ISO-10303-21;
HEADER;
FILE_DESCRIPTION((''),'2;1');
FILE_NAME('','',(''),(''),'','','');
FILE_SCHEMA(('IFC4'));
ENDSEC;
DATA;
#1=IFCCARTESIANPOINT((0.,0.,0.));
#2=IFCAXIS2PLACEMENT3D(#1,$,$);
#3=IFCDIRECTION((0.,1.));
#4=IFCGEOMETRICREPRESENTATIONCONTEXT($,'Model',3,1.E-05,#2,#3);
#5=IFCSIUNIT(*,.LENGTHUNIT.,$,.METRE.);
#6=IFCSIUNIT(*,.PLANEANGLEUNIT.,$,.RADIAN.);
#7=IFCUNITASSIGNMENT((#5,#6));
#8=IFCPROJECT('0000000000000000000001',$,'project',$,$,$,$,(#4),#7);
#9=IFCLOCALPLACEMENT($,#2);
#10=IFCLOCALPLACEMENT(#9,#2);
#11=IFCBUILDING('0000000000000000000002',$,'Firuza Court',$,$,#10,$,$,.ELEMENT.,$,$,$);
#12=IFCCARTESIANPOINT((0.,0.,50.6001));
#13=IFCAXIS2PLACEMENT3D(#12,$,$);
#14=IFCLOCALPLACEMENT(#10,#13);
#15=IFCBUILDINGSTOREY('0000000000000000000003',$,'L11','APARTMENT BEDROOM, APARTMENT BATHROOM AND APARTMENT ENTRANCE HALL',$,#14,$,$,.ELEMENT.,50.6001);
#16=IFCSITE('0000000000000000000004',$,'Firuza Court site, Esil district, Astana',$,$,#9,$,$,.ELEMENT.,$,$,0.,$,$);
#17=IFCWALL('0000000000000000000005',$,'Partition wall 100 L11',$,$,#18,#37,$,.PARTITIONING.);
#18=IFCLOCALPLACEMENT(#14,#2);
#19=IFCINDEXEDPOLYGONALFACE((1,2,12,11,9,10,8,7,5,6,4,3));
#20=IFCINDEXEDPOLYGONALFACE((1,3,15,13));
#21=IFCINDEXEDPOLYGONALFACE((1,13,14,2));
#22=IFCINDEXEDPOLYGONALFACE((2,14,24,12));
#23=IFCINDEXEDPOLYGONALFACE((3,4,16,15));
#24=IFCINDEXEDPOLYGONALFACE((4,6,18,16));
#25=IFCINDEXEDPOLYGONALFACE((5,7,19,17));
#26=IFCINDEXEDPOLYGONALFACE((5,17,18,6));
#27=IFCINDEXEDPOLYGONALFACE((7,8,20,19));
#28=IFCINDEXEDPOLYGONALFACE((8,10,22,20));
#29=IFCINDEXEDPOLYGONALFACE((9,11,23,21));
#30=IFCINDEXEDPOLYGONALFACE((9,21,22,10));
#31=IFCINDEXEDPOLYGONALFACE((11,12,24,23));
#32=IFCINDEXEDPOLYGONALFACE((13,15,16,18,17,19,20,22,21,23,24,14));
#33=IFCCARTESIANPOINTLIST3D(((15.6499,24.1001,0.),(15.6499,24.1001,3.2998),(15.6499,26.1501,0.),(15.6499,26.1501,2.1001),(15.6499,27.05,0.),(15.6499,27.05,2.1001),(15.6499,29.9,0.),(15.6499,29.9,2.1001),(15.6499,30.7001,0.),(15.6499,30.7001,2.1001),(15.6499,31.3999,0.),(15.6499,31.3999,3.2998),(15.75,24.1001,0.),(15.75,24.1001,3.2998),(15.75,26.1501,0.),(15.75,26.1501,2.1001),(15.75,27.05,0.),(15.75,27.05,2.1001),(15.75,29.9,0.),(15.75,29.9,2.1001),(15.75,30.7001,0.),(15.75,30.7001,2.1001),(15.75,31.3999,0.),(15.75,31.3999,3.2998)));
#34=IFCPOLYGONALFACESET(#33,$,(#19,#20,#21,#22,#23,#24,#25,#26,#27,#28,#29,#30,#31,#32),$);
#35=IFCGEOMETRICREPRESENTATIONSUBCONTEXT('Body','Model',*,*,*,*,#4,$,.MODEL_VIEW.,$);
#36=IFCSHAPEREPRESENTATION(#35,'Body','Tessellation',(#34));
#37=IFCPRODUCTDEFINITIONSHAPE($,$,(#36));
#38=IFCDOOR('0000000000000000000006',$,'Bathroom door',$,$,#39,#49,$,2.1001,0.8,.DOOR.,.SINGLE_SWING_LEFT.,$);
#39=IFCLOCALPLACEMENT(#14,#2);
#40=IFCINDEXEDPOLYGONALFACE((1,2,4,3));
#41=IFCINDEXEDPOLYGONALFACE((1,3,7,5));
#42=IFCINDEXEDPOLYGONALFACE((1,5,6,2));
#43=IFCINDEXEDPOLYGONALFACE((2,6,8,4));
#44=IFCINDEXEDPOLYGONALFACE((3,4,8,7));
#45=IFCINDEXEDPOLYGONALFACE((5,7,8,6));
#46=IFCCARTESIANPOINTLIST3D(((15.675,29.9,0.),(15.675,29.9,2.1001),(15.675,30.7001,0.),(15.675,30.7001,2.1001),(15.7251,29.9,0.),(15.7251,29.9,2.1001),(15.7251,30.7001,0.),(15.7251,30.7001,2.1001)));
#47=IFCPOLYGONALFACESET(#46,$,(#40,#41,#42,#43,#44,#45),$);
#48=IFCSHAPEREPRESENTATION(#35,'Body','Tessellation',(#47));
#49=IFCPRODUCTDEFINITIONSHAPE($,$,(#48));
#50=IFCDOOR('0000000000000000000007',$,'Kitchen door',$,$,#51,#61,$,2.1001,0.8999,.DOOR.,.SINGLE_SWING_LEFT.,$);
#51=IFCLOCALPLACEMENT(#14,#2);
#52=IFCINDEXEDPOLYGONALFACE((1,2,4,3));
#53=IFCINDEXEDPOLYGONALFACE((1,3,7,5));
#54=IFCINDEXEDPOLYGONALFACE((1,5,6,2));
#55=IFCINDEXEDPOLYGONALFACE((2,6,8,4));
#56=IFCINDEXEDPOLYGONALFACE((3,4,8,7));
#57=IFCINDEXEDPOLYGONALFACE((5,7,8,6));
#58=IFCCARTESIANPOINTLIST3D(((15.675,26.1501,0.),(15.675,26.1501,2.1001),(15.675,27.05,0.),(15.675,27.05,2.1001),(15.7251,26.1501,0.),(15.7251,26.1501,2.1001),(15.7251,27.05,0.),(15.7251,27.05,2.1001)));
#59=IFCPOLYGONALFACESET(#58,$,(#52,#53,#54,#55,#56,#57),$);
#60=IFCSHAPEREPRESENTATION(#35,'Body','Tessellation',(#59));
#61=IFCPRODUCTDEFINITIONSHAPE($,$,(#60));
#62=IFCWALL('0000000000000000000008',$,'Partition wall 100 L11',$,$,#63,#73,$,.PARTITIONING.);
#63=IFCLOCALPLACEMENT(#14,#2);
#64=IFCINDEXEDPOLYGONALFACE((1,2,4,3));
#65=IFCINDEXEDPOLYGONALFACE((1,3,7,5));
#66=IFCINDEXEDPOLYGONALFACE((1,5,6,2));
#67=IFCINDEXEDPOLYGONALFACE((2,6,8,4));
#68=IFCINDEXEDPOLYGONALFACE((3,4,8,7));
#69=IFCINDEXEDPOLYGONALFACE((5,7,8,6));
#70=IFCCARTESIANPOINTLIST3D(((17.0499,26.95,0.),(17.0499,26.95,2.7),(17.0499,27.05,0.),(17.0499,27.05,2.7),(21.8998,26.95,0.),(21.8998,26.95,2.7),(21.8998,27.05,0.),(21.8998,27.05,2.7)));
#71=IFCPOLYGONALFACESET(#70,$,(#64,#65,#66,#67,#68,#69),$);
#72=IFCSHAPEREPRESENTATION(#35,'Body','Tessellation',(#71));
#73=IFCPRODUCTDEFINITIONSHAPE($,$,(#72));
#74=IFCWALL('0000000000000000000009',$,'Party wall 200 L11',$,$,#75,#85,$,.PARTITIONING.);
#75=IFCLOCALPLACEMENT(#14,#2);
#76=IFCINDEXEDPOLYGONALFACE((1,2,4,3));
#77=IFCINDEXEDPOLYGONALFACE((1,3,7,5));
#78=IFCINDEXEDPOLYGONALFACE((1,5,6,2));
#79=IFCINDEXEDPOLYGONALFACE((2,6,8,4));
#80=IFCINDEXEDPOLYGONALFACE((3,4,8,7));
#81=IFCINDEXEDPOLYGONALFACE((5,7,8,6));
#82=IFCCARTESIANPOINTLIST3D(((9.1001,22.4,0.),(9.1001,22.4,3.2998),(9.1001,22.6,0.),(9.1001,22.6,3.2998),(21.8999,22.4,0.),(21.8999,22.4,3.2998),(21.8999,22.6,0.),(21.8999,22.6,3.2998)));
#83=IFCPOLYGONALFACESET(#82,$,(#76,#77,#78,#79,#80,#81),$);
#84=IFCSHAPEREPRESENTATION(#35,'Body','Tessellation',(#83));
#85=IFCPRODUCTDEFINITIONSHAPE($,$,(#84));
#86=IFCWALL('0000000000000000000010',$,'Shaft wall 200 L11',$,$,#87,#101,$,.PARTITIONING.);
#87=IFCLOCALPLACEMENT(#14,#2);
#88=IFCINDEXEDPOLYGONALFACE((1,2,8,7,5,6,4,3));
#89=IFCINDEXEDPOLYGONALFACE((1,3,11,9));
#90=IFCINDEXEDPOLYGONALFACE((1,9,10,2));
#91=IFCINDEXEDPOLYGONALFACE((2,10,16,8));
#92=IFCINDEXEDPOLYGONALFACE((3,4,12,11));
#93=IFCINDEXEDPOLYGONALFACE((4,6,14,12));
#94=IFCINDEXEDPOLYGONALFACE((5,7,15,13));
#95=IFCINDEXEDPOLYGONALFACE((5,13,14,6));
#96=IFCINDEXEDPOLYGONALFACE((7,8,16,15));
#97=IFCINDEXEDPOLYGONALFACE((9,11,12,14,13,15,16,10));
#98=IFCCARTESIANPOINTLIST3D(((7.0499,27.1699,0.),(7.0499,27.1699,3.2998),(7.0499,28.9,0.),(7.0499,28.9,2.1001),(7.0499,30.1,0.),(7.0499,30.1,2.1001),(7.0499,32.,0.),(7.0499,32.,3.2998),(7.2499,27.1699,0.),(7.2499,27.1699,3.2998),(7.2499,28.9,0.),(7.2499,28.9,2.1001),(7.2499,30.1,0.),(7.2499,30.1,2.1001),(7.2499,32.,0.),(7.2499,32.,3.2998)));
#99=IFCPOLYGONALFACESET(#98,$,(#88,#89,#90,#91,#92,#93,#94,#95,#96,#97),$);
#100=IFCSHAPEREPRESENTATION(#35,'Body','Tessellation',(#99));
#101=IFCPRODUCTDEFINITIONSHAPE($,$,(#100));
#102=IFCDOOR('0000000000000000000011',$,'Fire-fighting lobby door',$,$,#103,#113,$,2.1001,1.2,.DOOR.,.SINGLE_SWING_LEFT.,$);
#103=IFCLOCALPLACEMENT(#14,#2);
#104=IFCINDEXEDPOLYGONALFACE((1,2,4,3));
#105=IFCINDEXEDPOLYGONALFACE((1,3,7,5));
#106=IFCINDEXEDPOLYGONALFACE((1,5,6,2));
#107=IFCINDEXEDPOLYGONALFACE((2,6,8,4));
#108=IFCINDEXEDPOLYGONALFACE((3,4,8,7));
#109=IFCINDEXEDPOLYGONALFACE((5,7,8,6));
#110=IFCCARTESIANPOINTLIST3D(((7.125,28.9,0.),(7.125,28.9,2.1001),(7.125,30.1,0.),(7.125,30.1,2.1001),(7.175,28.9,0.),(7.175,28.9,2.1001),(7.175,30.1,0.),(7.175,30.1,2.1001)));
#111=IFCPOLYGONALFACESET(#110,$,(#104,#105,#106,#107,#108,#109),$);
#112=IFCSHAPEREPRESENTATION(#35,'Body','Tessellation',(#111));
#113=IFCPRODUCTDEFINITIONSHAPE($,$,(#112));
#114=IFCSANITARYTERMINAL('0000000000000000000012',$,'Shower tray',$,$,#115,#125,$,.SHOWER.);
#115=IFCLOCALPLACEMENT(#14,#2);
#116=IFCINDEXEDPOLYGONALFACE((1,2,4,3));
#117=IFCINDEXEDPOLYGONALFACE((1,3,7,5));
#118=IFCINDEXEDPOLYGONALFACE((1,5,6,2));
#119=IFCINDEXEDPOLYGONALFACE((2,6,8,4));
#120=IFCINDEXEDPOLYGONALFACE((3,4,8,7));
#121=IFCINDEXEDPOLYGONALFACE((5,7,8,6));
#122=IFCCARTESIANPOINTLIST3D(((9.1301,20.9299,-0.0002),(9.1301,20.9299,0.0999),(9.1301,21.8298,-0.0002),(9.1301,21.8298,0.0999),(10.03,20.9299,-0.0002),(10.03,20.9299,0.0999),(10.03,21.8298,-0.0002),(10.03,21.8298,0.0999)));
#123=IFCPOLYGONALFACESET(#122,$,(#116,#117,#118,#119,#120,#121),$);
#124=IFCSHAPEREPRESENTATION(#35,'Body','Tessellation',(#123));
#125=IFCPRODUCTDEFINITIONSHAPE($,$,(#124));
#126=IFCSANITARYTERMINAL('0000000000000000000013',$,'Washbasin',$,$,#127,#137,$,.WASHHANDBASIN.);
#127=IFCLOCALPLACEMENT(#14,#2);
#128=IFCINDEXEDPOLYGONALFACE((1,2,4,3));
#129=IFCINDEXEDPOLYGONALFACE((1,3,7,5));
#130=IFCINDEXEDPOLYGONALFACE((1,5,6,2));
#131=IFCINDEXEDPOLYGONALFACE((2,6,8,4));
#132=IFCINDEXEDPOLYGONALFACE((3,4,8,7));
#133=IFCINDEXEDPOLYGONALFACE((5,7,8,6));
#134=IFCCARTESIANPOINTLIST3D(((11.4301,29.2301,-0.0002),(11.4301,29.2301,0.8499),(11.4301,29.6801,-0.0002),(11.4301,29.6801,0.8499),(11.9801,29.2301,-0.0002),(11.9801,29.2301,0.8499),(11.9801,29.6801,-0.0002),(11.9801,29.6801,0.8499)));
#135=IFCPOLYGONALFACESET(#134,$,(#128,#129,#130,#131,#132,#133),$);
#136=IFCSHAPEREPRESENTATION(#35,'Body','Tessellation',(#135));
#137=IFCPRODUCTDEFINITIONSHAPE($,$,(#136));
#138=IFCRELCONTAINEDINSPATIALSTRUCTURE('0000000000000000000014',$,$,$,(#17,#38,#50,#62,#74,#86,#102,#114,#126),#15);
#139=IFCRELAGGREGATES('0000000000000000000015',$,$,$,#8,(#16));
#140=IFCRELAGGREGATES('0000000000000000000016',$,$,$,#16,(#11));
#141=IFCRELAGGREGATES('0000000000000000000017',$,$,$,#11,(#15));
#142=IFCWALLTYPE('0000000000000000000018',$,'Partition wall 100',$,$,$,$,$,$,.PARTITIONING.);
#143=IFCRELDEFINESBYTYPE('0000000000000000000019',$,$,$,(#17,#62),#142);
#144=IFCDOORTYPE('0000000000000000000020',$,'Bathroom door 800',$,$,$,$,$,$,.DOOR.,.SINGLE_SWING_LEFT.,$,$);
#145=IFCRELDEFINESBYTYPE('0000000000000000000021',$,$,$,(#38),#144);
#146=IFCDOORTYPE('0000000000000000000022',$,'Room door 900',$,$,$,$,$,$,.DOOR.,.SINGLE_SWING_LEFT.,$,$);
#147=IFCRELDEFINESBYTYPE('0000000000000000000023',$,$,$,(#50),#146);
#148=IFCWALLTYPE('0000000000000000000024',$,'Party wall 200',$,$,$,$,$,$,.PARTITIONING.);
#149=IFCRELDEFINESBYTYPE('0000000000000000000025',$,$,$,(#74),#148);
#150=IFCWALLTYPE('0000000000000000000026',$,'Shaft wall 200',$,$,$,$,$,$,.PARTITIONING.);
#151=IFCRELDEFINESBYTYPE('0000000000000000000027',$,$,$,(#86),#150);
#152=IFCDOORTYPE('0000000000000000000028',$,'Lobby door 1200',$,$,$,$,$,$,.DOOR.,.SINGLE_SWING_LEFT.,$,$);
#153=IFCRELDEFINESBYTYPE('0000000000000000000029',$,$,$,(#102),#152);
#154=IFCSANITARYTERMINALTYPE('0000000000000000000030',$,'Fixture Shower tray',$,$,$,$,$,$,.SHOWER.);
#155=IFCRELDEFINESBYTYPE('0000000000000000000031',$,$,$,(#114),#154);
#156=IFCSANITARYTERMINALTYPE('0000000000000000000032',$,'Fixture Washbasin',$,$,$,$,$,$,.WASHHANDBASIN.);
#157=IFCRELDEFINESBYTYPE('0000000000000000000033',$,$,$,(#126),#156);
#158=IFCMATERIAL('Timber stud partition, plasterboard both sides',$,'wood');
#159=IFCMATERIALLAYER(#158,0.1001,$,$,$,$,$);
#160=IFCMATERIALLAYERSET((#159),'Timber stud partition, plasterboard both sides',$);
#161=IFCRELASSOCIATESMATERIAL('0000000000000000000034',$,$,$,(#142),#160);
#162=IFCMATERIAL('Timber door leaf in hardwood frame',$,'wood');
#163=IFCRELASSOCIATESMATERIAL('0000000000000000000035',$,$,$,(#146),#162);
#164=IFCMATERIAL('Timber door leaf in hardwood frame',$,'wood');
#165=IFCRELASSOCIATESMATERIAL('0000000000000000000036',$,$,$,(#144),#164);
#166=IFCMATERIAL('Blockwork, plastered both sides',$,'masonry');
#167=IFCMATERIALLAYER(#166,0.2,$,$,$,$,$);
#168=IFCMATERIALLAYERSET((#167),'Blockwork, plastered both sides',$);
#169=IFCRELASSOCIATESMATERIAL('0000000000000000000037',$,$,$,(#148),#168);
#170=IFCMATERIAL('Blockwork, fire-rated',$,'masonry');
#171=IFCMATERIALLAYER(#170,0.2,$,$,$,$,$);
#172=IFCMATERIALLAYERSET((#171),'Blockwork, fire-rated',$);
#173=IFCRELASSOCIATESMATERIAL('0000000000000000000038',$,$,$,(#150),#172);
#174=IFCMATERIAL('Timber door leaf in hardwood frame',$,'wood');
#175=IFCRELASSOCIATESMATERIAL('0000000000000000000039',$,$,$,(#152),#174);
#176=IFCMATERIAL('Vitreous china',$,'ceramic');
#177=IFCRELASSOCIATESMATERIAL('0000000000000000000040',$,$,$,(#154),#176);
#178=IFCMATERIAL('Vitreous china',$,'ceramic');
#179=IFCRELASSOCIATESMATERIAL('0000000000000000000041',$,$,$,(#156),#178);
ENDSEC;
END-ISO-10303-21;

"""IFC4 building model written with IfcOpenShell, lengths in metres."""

from ifc_helpers import new_model, si_unit, direction, frame, frame_2d, origin, origin_2d, place, context, subcontext, project, spatial, rectangle, extrude, material, layer, layer_set, type_object, element, fill, save


model = new_model("IFC4")

# Units and contexts
model_context = context("Model", 3, precision=1e-05, world=origin(), true_north=direction((0.0, 1.0)))
body_context = subcontext(model_context, "Body", "Model", "MODEL_VIEW")
ifc_project = project(units=[si_unit("LENGTHUNIT", "METRE"), si_unit("PLANEANGLEUNIT", "RADIAN")], contexts=[model_context])

# Site, building, storey
site_placement = place(None, origin())
site = spatial("IfcSite", under=ifc_project, at=site_placement, Name="Firuza Court site, Esil district, Astana", CompositionType="ELEMENT", RefElevation=0.0)
building_placement = place(site_placement, origin())
building = spatial("IfcBuilding", under=site, at=building_placement, Name="Firuza Court", CompositionType="ELEMENT")
storey_placement = place(building_placement, frame((0.0, 0.0, 50.6001)))
storey = spatial("IfcBuildingStorey", under=building, at=storey_placement, Name="L11", Description="APARTMENT BEDROOM, APARTMENT BATHROOM AND APARTMENT ENTRANCE HALL", CompositionType="ELEMENT", Elevation=50.6001)

# Shared definitions
ifc_material_1 = material(Name="Timber stud partition, plasterboard both sides", Category="wood")
ifc_layer_1 = layer(ifc_material_1, 0.1001)
ifc_layer_set_1 = layer_set([ifc_layer_1], Name="Timber stud partition, plasterboard both sides")
wall_type_1 = type_object("IfcWallType", Name="Partition wall 100", PredefinedType="PARTITIONING", material=ifc_layer_set_1)
ifc_material_2 = material(Name="Timber door leaf in hardwood frame", Category="wood")
door_type_1 = type_object("IfcDoorType", Name="Room door 900", OperationType="SINGLE_SWING_LEFT", PredefinedType="DOOR", material=ifc_material_2)

# Wall, openings, doors
wall_1_placement = place(storey_placement, frame((15.7, 24.1001, 0.0), z_axis=(0.0, 0.0, 1.0), x_axis=(0.0, 1.0, 0.0)))
wall_1 = element("IfcWall", 1, at=wall_1_placement, inside=storey, type_object=wall_type_1, Name="Partition wall 100 L11", PredefinedType="PARTITIONING", context=body_context, shape_type="SweptSolid", body=[
    extrude(rectangle(XDim=7.2998, YDim=0.1001, at=frame_2d((3.6499, 0.0))), origin(), (0.0, 0.0, 1.0), 3.2998),
])
opening_1_placement = place(wall_1_placement, frame((5.8, 0.0, 0.0)))
opening_1 = element("IfcOpeningElement", 2, at=opening_1_placement, cuts=wall_1, PredefinedType="OPENING", context=body_context, shape_type="SweptSolid", body=[
    extrude(rectangle(XDim=0.8, YDim=2.1001, at=frame_2d((0.3999, 1.05))), frame((0.0, 0.062, 0.0), z_axis=(0.0, -1.0, 0.0), x_axis=(1.0, 0.0, 0.0)), (0.0, 0.0, 1.0), 0.124),
])
opening_2_placement = place(wall_1_placement, frame((2.05, 0.0, 0.0)))
opening_2 = element("IfcOpeningElement", 3, at=opening_2_placement, cuts=wall_1, PredefinedType="OPENING", context=body_context, shape_type="SweptSolid", body=[
    extrude(rectangle(XDim=0.8999, YDim=2.1001, at=frame_2d((0.45, 1.05))), frame((0.0, 0.062, 0.0), z_axis=(0.0, -1.0, 0.0), x_axis=(1.0, 0.0, 0.0)), (0.0, 0.0, 1.0), 0.124),
])
ifc_material_3 = material(Name="Timber door leaf in hardwood frame", Category="wood")
door_type_2 = type_object("IfcDoorType", Name="Bathroom door 800", OperationType="SINGLE_SWING_LEFT", PredefinedType="DOOR", material=ifc_material_3)
door_1_placement = place(opening_1_placement, origin())
door_1 = element("IfcDoor", 4, at=door_1_placement, inside=storey, type_object=door_type_2, Name="Bathroom door", OperationType="SINGLE_SWING_LEFT", OverallHeight=2.1001, OverallWidth=0.8, PredefinedType="DOOR", context=body_context, shape_type="SweptSolid", body=[
    extrude(rectangle(XDim=0.8, YDim=2.1001, at=frame_2d((0.3999, 1.05))), frame((0.0, 0.0249, 0.0), z_axis=(0.0, -1.0, 0.0), x_axis=(1.0, 0.0, 0.0)), (0.0, 0.0, 1.0), 0.05),
])
fill(opening_1, door_1)
door_2_placement = place(opening_2_placement, origin())
door_2 = element("IfcDoor", 5, at=door_2_placement, inside=storey, type_object=door_type_1, Name="Kitchen door", OperationType="SINGLE_SWING_LEFT", OverallHeight=2.1001, OverallWidth=0.8999, PredefinedType="DOOR", context=body_context, shape_type="SweptSolid", body=[
    extrude(rectangle(XDim=0.8999, YDim=2.1001, at=frame_2d((0.45, 1.05))), frame((0.0, 0.0249, 0.0), z_axis=(0.0, -1.0, 0.0), x_axis=(1.0, 0.0, 0.0)), (0.0, 0.0, 1.0), 0.05),
])
fill(opening_2, door_2)

# Walls
wall_2_placement = place(storey_placement, frame((17.05, 27.0, 0.0), z_axis=(0.0, 0.0, 1.0), x_axis=(1.0, 0.0, 0.0)))
element("IfcWall", 6, at=wall_2_placement, inside=storey, type_object=wall_type_1, Name="Partition wall 100 L11", PredefinedType="PARTITIONING", context=body_context, shape_type="SweptSolid", body=[
    extrude(rectangle(XDim=4.8499, YDim=0.1001, at=frame_2d((2.4248, 0.0))), origin(), (0.0, 0.0, 1.0), 2.7),
])
ifc_material_4 = material(Name="Blockwork, plastered both sides", Category="masonry")
ifc_layer_2 = layer(ifc_material_4, 0.2)
ifc_layer_set_2 = layer_set([ifc_layer_2], Name="Blockwork, plastered both sides")
wall_type_2 = type_object("IfcWallType", Name="Party wall 200", PredefinedType="PARTITIONING", material=ifc_layer_set_2)
wall_3_placement = place(storey_placement, frame((9.1001, 22.5, 0.0), z_axis=(0.0, 0.0, 1.0), x_axis=(1.0, 0.0, 0.0)))
element("IfcWall", 7, at=wall_3_placement, inside=storey, type_object=wall_type_2, Name="Party wall 200 L11", PredefinedType="PARTITIONING", context=body_context, shape_type="SweptSolid", body=[
    extrude(rectangle(XDim=12.7998, YDim=0.2, at=frame_2d((6.3999, 0.0))), origin(), (0.0, 0.0, 1.0), 3.2998),
])

# Wall, opening, door
ifc_material_5 = material(Name="Blockwork, fire-rated", Category="masonry")
ifc_layer_3 = layer(ifc_material_5, 0.2)
ifc_layer_set_3 = layer_set([ifc_layer_3], Name="Blockwork, fire-rated")
wall_type_3 = type_object("IfcWallType", Name="Shaft wall 200", PredefinedType="PARTITIONING", material=ifc_layer_set_3)
wall_4_placement = place(storey_placement, frame((7.1499, 27.1699, 0.0), z_axis=(0.0, 0.0, 1.0), x_axis=(0.0, 1.0, 0.0)))
wall_4 = element("IfcWall", 8, at=wall_4_placement, inside=storey, type_object=wall_type_3, Name="Shaft wall 200 L11", PredefinedType="PARTITIONING", context=body_context, shape_type="SweptSolid", body=[
    extrude(rectangle(XDim=4.8301, YDim=0.2, at=frame_2d((2.415, 0.0))), origin(), (0.0, 0.0, 1.0), 3.2998),
])
opening_3_placement = place(wall_4_placement, frame((1.73, 0.0, 0.0)))
opening_3 = element("IfcOpeningElement", 9, at=opening_3_placement, cuts=wall_4, PredefinedType="OPENING", context=body_context, shape_type="SweptSolid", body=[
    extrude(rectangle(XDim=1.2, YDim=2.1001, at=frame_2d((0.6001, 1.05))), frame((0.0, 0.1118, 0.0), z_axis=(0.0, -1.0, 0.0), x_axis=(1.0, 0.0, 0.0)), (0.0, 0.0, 1.0), 0.2239),
])
ifc_material_6 = material(Name="Timber door leaf in hardwood frame", Category="wood")
door_type_3 = type_object("IfcDoorType", Name="Lobby door 1200", OperationType="SINGLE_SWING_LEFT", PredefinedType="DOOR", material=ifc_material_6)
door_3_placement = place(opening_3_placement, origin())
door_3 = element("IfcDoor", 10, at=door_3_placement, inside=storey, type_object=door_type_3, Name="Fire-fighting lobby door", OperationType="SINGLE_SWING_LEFT", OverallHeight=2.1001, OverallWidth=1.2, PredefinedType="DOOR", context=body_context, shape_type="SweptSolid", body=[
    extrude(rectangle(XDim=1.2, YDim=2.1001, at=frame_2d((0.6001, 1.05))), frame((0.0, 0.0249, 0.0), z_axis=(0.0, -1.0, 0.0), x_axis=(1.0, 0.0, 0.0)), (0.0, 0.0, 1.0), 0.05),
])
fill(opening_3, door_3)

# Sanitary terminals
ifc_material_7 = material(Name="Vitreous china", Category="ceramic")
sanitary_terminal_type_1 = type_object("IfcSanitaryTerminalType", Name="Fixture Shower tray", PredefinedType="SHOWER", material=ifc_material_7)
sanitary_terminal_1_placement = place(storey_placement, frame((9.5801, 21.3799, -0.0002), z_axis=(0.0, 0.0, 1.0), x_axis=(1.0, 0.0, 0.0)))
element("IfcSanitaryTerminal", 11, at=sanitary_terminal_1_placement, inside=storey, type_object=sanitary_terminal_type_1, Name="Shower tray", PredefinedType="SHOWER", context=body_context, shape_type="SweptSolid", body=[
    extrude(rectangle(XDim=0.8999, YDim=0.8999, at=origin_2d()), origin(), (0.0, 0.0, 1.0), 0.1001),
])
ifc_material_8 = material(Name="Vitreous china", Category="ceramic")
sanitary_terminal_type_2 = type_object("IfcSanitaryTerminalType", Name="Fixture Washbasin", PredefinedType="WASHHANDBASIN", material=ifc_material_8)
sanitary_terminal_2_placement = place(storey_placement, frame((11.7051, 29.4551, -0.0002), z_axis=(0.0, 0.0, 1.0), x_axis=(1.0, 0.0, 0.0)))
element("IfcSanitaryTerminal", 12, at=sanitary_terminal_2_placement, inside=storey, type_object=sanitary_terminal_type_2, Name="Washbasin", PredefinedType="WASHHANDBASIN", context=body_context, shape_type="SweptSolid", body=[
    extrude(rectangle(XDim=0.55, YDim=0.45, at=origin_2d()), origin(), (0.0, 0.0, 1.0), 0.8501),
])

save(model, "model.ifc")
